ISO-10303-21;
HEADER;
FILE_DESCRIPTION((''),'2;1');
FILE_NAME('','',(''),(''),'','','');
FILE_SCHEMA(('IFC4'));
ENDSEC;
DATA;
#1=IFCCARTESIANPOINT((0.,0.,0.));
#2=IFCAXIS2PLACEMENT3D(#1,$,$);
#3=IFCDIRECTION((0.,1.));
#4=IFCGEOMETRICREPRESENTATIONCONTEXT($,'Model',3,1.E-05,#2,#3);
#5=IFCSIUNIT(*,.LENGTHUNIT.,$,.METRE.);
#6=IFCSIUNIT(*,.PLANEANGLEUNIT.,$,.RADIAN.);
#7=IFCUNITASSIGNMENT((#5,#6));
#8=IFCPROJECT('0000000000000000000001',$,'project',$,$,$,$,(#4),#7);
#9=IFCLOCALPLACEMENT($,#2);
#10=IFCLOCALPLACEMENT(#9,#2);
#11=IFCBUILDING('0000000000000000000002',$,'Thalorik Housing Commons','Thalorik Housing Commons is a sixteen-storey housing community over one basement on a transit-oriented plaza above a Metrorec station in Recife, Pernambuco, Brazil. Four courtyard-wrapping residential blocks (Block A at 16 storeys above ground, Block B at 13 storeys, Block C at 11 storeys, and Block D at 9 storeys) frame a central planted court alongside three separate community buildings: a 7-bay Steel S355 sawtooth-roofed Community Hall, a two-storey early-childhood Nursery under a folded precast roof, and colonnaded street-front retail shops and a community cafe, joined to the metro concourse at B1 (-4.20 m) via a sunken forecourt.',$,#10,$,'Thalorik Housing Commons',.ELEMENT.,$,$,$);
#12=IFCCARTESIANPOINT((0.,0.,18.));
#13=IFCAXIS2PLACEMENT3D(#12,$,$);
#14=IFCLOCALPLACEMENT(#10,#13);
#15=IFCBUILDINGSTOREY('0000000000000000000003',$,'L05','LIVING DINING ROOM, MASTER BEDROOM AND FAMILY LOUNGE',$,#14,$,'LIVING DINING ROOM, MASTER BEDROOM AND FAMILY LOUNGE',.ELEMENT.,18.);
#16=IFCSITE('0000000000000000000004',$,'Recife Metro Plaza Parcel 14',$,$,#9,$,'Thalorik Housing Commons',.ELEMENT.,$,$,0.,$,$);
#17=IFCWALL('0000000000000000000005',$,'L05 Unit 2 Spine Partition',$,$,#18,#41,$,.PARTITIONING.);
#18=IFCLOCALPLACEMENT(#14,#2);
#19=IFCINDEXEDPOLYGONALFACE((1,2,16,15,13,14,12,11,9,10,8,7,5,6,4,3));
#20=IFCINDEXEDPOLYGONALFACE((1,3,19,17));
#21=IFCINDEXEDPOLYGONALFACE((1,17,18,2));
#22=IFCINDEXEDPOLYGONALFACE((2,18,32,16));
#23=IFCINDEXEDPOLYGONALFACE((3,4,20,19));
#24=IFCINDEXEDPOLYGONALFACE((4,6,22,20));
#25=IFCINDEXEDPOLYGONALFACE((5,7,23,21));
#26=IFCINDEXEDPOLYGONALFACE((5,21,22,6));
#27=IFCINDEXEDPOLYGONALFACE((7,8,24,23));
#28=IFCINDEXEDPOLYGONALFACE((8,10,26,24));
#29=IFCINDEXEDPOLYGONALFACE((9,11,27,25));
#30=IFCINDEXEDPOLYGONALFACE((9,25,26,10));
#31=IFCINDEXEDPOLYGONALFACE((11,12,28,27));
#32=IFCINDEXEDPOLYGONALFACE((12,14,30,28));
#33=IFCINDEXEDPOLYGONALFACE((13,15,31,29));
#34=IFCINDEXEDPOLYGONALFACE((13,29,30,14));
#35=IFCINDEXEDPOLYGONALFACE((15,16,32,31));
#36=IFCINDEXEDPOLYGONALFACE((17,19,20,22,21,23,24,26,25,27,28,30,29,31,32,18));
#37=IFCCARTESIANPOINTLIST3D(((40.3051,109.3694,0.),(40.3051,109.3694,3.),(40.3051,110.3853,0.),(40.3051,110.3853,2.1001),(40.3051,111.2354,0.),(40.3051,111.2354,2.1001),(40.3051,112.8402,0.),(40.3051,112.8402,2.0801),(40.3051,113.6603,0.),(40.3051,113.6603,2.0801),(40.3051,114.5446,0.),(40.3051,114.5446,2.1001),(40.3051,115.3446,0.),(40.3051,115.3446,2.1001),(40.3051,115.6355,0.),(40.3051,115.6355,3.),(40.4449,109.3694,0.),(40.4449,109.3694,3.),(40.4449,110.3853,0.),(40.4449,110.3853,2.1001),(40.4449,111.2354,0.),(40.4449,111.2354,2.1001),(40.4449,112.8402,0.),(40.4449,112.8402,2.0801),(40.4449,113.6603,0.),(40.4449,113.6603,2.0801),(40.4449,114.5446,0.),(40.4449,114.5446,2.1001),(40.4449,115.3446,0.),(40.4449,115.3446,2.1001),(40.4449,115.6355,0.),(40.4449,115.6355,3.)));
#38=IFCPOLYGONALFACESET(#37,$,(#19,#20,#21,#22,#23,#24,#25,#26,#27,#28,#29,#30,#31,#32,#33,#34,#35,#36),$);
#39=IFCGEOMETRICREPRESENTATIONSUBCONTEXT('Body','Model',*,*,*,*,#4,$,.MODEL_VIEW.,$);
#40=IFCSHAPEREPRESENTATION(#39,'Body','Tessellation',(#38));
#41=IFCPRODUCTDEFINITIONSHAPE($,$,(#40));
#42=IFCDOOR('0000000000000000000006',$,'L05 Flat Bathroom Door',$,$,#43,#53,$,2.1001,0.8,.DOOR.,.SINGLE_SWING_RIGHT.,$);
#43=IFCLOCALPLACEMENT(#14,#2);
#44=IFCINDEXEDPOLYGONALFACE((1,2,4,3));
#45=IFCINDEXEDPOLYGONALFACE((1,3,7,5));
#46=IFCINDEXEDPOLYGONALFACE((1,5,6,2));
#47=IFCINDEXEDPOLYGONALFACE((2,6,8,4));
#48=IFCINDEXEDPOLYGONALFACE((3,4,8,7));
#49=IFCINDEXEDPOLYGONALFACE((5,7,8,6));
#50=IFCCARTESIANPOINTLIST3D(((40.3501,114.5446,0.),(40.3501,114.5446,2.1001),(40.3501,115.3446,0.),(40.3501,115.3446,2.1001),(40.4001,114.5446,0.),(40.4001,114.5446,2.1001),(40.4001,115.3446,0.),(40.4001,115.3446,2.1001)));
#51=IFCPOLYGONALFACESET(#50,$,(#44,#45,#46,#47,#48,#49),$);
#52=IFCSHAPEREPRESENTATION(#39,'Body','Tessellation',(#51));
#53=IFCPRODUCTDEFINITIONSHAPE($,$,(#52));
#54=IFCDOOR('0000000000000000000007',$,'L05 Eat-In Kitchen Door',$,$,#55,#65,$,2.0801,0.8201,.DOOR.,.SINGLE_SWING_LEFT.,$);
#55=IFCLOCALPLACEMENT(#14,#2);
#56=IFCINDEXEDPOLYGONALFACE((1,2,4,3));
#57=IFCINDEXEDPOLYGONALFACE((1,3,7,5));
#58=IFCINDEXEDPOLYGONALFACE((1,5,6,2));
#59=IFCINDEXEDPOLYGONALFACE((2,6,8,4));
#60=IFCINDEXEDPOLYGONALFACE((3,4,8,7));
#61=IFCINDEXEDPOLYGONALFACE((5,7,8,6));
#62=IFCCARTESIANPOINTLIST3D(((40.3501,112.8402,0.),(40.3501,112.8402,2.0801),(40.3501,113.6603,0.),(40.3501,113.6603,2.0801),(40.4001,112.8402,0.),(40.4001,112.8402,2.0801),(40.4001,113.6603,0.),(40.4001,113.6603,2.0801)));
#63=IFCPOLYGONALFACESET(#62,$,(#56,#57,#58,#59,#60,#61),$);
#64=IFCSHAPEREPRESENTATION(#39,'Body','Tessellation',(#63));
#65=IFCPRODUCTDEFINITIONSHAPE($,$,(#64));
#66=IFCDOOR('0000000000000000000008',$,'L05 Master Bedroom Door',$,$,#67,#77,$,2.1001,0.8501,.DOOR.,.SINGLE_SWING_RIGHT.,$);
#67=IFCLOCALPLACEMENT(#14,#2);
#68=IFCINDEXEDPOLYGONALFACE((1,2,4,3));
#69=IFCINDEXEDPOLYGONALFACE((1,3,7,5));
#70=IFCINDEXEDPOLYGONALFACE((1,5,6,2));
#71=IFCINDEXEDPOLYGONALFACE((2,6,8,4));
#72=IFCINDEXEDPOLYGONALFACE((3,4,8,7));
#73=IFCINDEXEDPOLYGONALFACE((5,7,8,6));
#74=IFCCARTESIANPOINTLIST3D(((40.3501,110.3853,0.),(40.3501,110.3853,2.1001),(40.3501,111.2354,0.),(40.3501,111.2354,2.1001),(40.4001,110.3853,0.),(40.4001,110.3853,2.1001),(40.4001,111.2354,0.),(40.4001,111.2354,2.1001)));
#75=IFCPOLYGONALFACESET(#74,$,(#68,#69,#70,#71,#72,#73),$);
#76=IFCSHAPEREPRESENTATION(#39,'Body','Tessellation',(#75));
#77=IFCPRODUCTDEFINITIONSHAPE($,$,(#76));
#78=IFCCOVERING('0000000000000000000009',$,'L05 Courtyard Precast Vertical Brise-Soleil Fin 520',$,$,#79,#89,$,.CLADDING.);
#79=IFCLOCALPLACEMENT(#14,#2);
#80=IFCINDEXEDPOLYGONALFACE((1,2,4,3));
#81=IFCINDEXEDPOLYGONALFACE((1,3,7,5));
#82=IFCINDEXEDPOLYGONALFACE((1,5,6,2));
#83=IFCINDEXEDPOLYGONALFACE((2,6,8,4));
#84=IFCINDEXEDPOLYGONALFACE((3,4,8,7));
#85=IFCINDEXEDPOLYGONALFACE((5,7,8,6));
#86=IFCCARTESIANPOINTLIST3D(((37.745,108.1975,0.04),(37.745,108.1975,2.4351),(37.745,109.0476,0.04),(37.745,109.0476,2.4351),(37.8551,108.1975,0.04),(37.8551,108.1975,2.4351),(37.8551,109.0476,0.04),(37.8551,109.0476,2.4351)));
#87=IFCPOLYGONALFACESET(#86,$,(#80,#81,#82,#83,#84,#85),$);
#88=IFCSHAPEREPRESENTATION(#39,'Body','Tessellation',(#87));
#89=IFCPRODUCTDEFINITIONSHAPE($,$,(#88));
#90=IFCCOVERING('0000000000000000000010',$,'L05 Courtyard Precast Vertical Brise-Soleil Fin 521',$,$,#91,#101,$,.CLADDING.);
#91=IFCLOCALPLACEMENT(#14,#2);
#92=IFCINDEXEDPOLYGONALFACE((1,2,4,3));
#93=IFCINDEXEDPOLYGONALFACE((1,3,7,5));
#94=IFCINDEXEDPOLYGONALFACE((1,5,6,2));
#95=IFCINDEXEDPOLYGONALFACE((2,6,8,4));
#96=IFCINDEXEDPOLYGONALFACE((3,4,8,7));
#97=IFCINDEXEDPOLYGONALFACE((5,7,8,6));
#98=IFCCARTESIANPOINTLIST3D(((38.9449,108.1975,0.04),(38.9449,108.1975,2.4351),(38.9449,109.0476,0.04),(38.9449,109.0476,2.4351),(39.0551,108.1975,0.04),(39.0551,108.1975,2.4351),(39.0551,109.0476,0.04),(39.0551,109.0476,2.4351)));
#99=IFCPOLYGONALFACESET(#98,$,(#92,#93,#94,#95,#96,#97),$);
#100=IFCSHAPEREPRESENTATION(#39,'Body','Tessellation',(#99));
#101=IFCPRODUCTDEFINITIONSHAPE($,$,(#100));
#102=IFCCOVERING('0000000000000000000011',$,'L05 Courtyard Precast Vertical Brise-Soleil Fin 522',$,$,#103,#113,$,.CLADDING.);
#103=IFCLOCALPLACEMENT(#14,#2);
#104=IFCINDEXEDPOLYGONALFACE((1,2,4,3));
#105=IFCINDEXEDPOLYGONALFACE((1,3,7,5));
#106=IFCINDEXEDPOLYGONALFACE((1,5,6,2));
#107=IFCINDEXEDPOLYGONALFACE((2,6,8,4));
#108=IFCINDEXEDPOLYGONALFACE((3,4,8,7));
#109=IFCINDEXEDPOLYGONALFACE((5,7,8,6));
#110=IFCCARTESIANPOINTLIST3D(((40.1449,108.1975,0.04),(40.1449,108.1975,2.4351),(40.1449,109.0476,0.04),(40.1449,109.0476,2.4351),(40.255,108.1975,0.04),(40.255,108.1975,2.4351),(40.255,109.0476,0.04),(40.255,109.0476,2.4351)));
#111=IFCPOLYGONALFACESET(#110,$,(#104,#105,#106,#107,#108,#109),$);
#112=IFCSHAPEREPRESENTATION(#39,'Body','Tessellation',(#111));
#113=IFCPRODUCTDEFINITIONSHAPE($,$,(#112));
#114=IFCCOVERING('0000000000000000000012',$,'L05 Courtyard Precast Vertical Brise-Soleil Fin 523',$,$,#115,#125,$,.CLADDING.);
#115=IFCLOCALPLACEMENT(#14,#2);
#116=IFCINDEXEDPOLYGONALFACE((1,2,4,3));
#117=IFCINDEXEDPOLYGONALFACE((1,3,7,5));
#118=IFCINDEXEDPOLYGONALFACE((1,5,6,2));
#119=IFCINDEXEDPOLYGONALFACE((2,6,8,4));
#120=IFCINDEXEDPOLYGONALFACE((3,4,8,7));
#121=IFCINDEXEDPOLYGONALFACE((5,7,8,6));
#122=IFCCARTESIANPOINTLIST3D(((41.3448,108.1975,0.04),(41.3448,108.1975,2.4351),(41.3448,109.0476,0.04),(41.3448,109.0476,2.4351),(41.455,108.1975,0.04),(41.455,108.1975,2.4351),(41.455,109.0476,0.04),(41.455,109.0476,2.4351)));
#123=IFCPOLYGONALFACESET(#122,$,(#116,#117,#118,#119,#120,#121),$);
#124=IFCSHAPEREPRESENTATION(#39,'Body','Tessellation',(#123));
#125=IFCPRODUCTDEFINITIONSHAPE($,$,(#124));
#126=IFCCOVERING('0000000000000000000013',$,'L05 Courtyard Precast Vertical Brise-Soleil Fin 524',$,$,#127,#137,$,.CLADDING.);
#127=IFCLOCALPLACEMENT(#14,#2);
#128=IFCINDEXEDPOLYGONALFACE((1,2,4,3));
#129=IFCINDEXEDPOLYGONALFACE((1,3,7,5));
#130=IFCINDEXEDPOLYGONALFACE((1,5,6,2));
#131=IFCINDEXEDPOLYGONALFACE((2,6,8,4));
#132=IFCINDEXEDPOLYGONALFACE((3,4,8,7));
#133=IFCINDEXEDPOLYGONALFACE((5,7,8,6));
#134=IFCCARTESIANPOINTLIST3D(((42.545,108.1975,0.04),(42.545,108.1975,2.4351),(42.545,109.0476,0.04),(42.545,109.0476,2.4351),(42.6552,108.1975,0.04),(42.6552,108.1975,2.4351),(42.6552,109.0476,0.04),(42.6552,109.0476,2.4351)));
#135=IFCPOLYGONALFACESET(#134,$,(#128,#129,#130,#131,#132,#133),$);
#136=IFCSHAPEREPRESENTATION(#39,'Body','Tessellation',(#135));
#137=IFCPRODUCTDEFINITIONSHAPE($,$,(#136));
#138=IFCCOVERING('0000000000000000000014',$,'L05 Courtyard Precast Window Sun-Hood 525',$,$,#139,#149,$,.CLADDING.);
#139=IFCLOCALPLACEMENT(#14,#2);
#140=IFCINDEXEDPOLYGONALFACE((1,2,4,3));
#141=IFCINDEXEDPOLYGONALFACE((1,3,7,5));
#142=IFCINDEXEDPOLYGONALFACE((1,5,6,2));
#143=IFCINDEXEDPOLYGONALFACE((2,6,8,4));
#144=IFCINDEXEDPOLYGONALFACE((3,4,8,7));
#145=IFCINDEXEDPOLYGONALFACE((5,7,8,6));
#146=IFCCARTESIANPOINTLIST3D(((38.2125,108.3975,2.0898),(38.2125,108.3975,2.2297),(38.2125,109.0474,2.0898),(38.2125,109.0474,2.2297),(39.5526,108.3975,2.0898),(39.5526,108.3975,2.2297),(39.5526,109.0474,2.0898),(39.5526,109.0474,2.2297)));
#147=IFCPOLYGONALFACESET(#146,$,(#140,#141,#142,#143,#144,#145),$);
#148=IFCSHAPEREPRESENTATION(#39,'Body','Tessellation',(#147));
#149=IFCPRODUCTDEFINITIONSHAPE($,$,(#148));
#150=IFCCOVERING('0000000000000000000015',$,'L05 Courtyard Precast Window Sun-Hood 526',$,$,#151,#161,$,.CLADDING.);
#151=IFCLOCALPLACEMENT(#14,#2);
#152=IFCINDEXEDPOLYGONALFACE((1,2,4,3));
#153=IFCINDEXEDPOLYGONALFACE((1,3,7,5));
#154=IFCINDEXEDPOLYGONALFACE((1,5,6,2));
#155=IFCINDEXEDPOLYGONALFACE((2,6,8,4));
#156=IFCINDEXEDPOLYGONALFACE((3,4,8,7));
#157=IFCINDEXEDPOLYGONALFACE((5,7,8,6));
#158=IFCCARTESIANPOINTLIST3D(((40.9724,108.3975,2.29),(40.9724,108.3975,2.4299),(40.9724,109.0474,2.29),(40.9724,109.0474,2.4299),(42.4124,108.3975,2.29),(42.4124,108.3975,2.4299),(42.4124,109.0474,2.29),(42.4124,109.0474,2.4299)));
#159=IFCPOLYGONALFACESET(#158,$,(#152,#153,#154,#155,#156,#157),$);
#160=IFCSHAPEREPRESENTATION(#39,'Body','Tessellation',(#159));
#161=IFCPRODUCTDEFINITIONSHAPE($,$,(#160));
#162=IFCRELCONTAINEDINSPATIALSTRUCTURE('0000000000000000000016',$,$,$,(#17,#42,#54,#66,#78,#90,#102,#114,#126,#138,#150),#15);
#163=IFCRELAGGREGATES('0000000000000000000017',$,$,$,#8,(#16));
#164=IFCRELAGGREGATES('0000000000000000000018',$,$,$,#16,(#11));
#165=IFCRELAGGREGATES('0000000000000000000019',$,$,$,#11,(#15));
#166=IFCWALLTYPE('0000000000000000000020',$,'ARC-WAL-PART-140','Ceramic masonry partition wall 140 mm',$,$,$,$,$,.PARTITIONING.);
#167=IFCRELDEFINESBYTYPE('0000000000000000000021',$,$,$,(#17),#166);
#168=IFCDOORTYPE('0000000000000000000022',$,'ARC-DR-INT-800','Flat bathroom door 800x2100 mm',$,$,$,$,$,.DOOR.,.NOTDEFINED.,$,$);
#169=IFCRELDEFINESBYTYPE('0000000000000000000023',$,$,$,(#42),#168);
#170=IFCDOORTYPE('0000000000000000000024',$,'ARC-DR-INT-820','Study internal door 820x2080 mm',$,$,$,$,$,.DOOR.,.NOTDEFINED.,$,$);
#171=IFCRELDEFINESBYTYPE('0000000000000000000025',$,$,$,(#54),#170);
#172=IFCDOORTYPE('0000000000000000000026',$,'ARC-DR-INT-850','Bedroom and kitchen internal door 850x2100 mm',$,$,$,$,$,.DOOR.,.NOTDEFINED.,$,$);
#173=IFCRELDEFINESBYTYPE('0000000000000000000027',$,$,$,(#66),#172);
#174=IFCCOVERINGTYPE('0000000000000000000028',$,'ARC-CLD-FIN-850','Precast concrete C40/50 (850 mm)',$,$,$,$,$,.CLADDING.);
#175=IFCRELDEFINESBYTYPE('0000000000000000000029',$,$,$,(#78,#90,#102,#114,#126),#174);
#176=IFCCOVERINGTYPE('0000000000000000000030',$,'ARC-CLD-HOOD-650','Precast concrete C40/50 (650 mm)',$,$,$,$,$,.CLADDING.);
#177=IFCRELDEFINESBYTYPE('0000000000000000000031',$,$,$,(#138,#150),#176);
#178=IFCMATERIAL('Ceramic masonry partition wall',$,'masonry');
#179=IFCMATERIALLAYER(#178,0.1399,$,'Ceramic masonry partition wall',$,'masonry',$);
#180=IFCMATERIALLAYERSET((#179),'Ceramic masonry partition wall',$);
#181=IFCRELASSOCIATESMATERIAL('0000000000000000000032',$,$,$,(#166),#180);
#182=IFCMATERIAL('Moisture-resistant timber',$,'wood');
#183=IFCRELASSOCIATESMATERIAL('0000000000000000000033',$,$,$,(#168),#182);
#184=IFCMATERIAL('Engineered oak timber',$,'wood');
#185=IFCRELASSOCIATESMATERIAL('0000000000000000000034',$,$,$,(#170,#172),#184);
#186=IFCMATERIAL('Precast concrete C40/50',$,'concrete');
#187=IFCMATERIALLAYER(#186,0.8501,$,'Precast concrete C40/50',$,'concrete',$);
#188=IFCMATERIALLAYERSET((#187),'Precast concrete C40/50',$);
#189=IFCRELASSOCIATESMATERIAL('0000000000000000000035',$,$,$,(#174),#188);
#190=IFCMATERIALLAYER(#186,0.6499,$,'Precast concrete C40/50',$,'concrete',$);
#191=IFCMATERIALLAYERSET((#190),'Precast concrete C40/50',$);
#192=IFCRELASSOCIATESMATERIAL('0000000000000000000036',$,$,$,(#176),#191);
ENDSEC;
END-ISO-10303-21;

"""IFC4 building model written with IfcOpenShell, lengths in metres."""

from ifc_helpers import new_model, si_unit, direction, frame, frame_2d, origin, origin_2d, place, context, subcontext, project, spatial, rectangle, extrude, material, layer, layer_set, type_object, element, fill, save


model = new_model("IFC4")

# Units and contexts
model_context = context("Model", 3, precision=1e-05, world=origin(), true_north=direction((0.0, 1.0)))
body_context = subcontext(model_context, "Body", "Model", "MODEL_VIEW")
ifc_project = project(units=[si_unit("LENGTHUNIT", "METRE"), si_unit("PLANEANGLEUNIT", "RADIAN")], contexts=[model_context])

# Site, building, storey
site_placement = place(None, origin())
site = spatial("IfcSite", under=ifc_project, at=site_placement, Name="Recife Metro Plaza Parcel 14", LongName="Thalorik Housing Commons", CompositionType="ELEMENT", RefElevation=0.0)
building_placement = place(site_placement, origin())
building = spatial("IfcBuilding", under=site, at=building_placement, Name="Thalorik Housing Commons", Description="Thalorik Housing Commons is a sixteen-storey housing community over one basement on a transit-oriented plaza above a Metrorec station in Recife, Pernambuco, Brazil. Four courtyard-wrapping residential blocks (Block A at 16 storeys above ground, Block B at 13 storeys, Block C at 11 storeys, and Block D at 9 storeys) frame a central planted court alongside three separate community buildings: a 7-bay Steel S355 sawtooth-roofed Community Hall, a two-storey early-childhood Nursery under a folded precast roof, and colonnaded street-front retail shops and a community cafe, joined to the metro concourse at B1 (-4.20 m) via a sunken forecourt.", LongName="Thalorik Housing Commons", CompositionType="ELEMENT")
storey_placement = place(building_placement, frame((0.0, 0.0, 18.0)))
storey = spatial("IfcBuildingStorey", under=building, at=storey_placement, Name="L05", Description="LIVING DINING ROOM, MASTER BEDROOM AND FAMILY LOUNGE", LongName="LIVING DINING ROOM, MASTER BEDROOM AND FAMILY LOUNGE", CompositionType="ELEMENT", Elevation=18.0)

# Shared definitions
ifc_material_1 = material(Name="Precast concrete C40/50", Category="concrete")

# Wall, openings, doors
ifc_material_2 = material(Name="Ceramic masonry partition wall", Category="masonry")
ifc_layer_1 = layer(ifc_material_2, 0.1399, Name="Ceramic masonry partition wall", Category="masonry")
ifc_layer_set_1 = layer_set([ifc_layer_1], Name="Ceramic masonry partition wall")
wall_type_1 = type_object("IfcWallType", Name="ARC-WAL-PART-140", Description="Ceramic masonry partition wall 140 mm", PredefinedType="PARTITIONING", material=ifc_layer_set_1)
wall_1_placement = place(storey_placement, frame((40.375, 109.3694, 0.0), z_axis=(0.0, 0.0, 1.0), x_axis=(0.0, 1.0, 0.0)))
wall_1 = element("IfcWall", 1, at=wall_1_placement, inside=storey, type_object=wall_type_1, Name="L05 Unit 2 Spine Partition", PredefinedType="PARTITIONING", context=body_context, shape_type="SweptSolid", body=[
    extrude(rectangle(XDim=6.2661, YDim=0.1399, at=frame_2d((3.1331, 0.0))), origin(), (0.0, 0.0, 1.0), 3.0),
])
opening_1_placement = place(wall_1_placement, frame((1.0159, 0.0, 0.0)))
opening_1 = element("IfcOpeningElement", 2, at=opening_1_placement, cuts=wall_1, PredefinedType="OPENING", context=body_context, shape_type="SweptSolid", body=[
    extrude(rectangle(XDim=0.8501, YDim=2.1001, at=frame_2d((0.425, 1.05))), frame((0.0, 0.0801, 0.0), z_axis=(0.0, -1.0, 0.0), x_axis=(1.0, 0.0, 0.0)), (0.0, 0.0, 1.0), 0.1599),
])
opening_2_placement = place(wall_1_placement, frame((3.4707, 0.0, 0.0)))
opening_2 = element("IfcOpeningElement", 3, at=opening_2_placement, cuts=wall_1, PredefinedType="OPENING", context=body_context, shape_type="SweptSolid", body=[
    extrude(rectangle(XDim=0.8201, YDim=2.0801, at=frame_2d((0.4102, 1.04))), frame((0.0, 0.0801, 0.0), z_axis=(0.0, -1.0, 0.0), x_axis=(1.0, 0.0, 0.0)), (0.0, 0.0, 1.0), 0.1599),
])
opening_3_placement = place(wall_1_placement, frame((5.1753, 0.0, 0.0)))
opening_3 = element("IfcOpeningElement", 4, at=opening_3_placement, cuts=wall_1, PredefinedType="OPENING", context=body_context, shape_type="SweptSolid", body=[
    extrude(rectangle(XDim=0.8, YDim=2.1001, at=frame_2d((0.3999, 1.05))), frame((0.0, 0.0801, 0.0), z_axis=(0.0, -1.0, 0.0), x_axis=(1.0, 0.0, 0.0)), (0.0, 0.0, 1.0), 0.1599),
])
ifc_material_3 = material(Name="Moisture-resistant timber", Category="wood")
door_type_1 = type_object("IfcDoorType", Name="ARC-DR-INT-800", Description="Flat bathroom door 800x2100 mm", OperationType="NOTDEFINED", PredefinedType="DOOR", material=ifc_material_3)
door_1_placement = place(opening_3_placement, origin())
door_1 = element("IfcDoor", 5, at=door_1_placement, inside=storey, type_object=door_type_1, Name="L05 Flat Bathroom Door", OperationType="SINGLE_SWING_RIGHT", OverallHeight=2.1001, OverallWidth=0.8, PredefinedType="DOOR", context=body_context, shape_type="SweptSolid", body=[
    extrude(rectangle(XDim=0.8, YDim=2.1001, at=frame_2d((0.3999, 1.05))), frame((0.0, 0.0249, 0.0), z_axis=(0.0, -1.0, 0.0), x_axis=(1.0, 0.0, 0.0)), (0.0, 0.0, 1.0), 0.05),
])
fill(opening_3, door_1)
ifc_material_4 = material(Name="Engineered oak timber", Category="wood")
door_type_2 = type_object("IfcDoorType", Name="ARC-DR-INT-820", Description="Study internal door 820x2080 mm", OperationType="NOTDEFINED", PredefinedType="DOOR", material=ifc_material_4)
door_2_placement = place(opening_2_placement, origin())
door_2 = element("IfcDoor", 6, at=door_2_placement, inside=storey, type_object=door_type_2, Name="L05 Eat-In Kitchen Door", OperationType="SINGLE_SWING_LEFT", OverallHeight=2.0801, OverallWidth=0.8201, PredefinedType="DOOR", context=body_context, shape_type="SweptSolid", body=[
    extrude(rectangle(XDim=0.8201, YDim=2.0801, at=frame_2d((0.4102, 1.04))), frame((0.0, 0.0249, 0.0), z_axis=(0.0, -1.0, 0.0), x_axis=(1.0, 0.0, 0.0)), (0.0, 0.0, 1.0), 0.05),
])
fill(opening_2, door_2)
door_type_3 = type_object("IfcDoorType", Name="ARC-DR-INT-850", Description="Bedroom and kitchen internal door 850x2100 mm", OperationType="NOTDEFINED", PredefinedType="DOOR", material=ifc_material_4)
door_3_placement = place(opening_1_placement, origin())
door_3 = element("IfcDoor", 7, at=door_3_placement, inside=storey, type_object=door_type_3, Name="L05 Master Bedroom Door", OperationType="SINGLE_SWING_RIGHT", OverallHeight=2.1001, OverallWidth=0.8501, PredefinedType="DOOR", context=body_context, shape_type="SweptSolid", body=[
    extrude(rectangle(XDim=0.8501, YDim=2.1001, at=frame_2d((0.425, 1.05))), frame((0.0, 0.0249, 0.0), z_axis=(0.0, -1.0, 0.0), x_axis=(1.0, 0.0, 0.0)), (0.0, 0.0, 1.0), 0.05),
])
fill(opening_1, door_3)

# Coverings
ifc_layer_2 = layer(ifc_material_1, 0.8501, Name="Precast concrete C40/50", Category="concrete")
ifc_layer_set_2 = layer_set([ifc_layer_2], Name="Precast concrete C40/50")
covering_type_1 = type_object("IfcCoveringType", Name="ARC-CLD-FIN-850", Description="Precast concrete C40/50 (850 mm)", PredefinedType="CLADDING", material=ifc_layer_set_2)
for number, where, z_axis, x_axis, name in (
    (8, (37.8, 108.6226, 0.04), (0.0, 0.0, 1.0), (1.0, 0.0, 0.0), "L05 Courtyard Precast Vertical Brise-Soleil Fin 520"),
    (9, (39.0, 108.6226, 0.04), (0.0, 0.0, 1.0), (1.0, 0.0, 0.0), "L05 Courtyard Precast Vertical Brise-Soleil Fin 521"),
    (10, (40.2, 108.6226, 0.04), (0.0, 0.0, 1.0), (1.0, 0.0, 0.0), "L05 Courtyard Precast Vertical Brise-Soleil Fin 522"),
    (11, (41.3999, 108.6226, 0.04), (0.0, 0.0, 1.0), (1.0, 0.0, 0.0), "L05 Courtyard Precast Vertical Brise-Soleil Fin 523"),
    (12, (42.6001, 108.6226, 0.04), (0.0, 0.0, 1.0), (1.0, 0.0, 0.0), "L05 Courtyard Precast Vertical Brise-Soleil Fin 524"),
):
    element("IfcCovering", number, at=place(storey_placement, frame(where, z_axis=z_axis, x_axis=x_axis)), inside=storey, type_object=covering_type_1, Name=name, PredefinedType="CLADDING", context=body_context, shape_type="SweptSolid", body=[
        extrude(rectangle(XDim=0.1101, YDim=0.8501, at=origin_2d()), origin(), (0.0, 0.0, 1.0), 2.395),
    ])
ifc_layer_3 = layer(ifc_material_1, 0.6499, Name="Precast concrete C40/50", Category="concrete")
ifc_layer_set_3 = layer_set([ifc_layer_3], Name="Precast concrete C40/50")
covering_type_2 = type_object("IfcCoveringType", Name="ARC-CLD-HOOD-650", Description="Precast concrete C40/50 (650 mm)", PredefinedType="CLADDING", material=ifc_layer_set_3)
covering_1_placement = place(storey_placement, frame((38.8826, 108.7224, 2.0898), z_axis=(0.0, 0.0, 1.0), x_axis=(1.0, 0.0, 0.0)))
element("IfcCovering", 13, at=covering_1_placement, inside=storey, type_object=covering_type_2, Name="L05 Courtyard Precast Window Sun-Hood 525", PredefinedType="CLADDING", context=body_context, shape_type="SweptSolid", body=[
    extrude(rectangle(XDim=1.3401, YDim=0.6499, at=origin_2d()), origin(), (0.0, 0.0, 1.0), 0.1399),
])
covering_2_placement = place(storey_placement, frame((41.6924, 108.7224, 2.29), z_axis=(0.0, 0.0, 1.0), x_axis=(1.0, 0.0, 0.0)))
element("IfcCovering", 14, at=covering_2_placement, inside=storey, type_object=covering_type_2, Name="L05 Courtyard Precast Window Sun-Hood 526", PredefinedType="CLADDING", context=body_context, shape_type="SweptSolid", body=[
    extrude(rectangle(XDim=1.4399, YDim=0.6499, at=origin_2d()), origin(), (0.0, 0.0, 1.0), 0.1399),
])

save(model, "model.ifc")
